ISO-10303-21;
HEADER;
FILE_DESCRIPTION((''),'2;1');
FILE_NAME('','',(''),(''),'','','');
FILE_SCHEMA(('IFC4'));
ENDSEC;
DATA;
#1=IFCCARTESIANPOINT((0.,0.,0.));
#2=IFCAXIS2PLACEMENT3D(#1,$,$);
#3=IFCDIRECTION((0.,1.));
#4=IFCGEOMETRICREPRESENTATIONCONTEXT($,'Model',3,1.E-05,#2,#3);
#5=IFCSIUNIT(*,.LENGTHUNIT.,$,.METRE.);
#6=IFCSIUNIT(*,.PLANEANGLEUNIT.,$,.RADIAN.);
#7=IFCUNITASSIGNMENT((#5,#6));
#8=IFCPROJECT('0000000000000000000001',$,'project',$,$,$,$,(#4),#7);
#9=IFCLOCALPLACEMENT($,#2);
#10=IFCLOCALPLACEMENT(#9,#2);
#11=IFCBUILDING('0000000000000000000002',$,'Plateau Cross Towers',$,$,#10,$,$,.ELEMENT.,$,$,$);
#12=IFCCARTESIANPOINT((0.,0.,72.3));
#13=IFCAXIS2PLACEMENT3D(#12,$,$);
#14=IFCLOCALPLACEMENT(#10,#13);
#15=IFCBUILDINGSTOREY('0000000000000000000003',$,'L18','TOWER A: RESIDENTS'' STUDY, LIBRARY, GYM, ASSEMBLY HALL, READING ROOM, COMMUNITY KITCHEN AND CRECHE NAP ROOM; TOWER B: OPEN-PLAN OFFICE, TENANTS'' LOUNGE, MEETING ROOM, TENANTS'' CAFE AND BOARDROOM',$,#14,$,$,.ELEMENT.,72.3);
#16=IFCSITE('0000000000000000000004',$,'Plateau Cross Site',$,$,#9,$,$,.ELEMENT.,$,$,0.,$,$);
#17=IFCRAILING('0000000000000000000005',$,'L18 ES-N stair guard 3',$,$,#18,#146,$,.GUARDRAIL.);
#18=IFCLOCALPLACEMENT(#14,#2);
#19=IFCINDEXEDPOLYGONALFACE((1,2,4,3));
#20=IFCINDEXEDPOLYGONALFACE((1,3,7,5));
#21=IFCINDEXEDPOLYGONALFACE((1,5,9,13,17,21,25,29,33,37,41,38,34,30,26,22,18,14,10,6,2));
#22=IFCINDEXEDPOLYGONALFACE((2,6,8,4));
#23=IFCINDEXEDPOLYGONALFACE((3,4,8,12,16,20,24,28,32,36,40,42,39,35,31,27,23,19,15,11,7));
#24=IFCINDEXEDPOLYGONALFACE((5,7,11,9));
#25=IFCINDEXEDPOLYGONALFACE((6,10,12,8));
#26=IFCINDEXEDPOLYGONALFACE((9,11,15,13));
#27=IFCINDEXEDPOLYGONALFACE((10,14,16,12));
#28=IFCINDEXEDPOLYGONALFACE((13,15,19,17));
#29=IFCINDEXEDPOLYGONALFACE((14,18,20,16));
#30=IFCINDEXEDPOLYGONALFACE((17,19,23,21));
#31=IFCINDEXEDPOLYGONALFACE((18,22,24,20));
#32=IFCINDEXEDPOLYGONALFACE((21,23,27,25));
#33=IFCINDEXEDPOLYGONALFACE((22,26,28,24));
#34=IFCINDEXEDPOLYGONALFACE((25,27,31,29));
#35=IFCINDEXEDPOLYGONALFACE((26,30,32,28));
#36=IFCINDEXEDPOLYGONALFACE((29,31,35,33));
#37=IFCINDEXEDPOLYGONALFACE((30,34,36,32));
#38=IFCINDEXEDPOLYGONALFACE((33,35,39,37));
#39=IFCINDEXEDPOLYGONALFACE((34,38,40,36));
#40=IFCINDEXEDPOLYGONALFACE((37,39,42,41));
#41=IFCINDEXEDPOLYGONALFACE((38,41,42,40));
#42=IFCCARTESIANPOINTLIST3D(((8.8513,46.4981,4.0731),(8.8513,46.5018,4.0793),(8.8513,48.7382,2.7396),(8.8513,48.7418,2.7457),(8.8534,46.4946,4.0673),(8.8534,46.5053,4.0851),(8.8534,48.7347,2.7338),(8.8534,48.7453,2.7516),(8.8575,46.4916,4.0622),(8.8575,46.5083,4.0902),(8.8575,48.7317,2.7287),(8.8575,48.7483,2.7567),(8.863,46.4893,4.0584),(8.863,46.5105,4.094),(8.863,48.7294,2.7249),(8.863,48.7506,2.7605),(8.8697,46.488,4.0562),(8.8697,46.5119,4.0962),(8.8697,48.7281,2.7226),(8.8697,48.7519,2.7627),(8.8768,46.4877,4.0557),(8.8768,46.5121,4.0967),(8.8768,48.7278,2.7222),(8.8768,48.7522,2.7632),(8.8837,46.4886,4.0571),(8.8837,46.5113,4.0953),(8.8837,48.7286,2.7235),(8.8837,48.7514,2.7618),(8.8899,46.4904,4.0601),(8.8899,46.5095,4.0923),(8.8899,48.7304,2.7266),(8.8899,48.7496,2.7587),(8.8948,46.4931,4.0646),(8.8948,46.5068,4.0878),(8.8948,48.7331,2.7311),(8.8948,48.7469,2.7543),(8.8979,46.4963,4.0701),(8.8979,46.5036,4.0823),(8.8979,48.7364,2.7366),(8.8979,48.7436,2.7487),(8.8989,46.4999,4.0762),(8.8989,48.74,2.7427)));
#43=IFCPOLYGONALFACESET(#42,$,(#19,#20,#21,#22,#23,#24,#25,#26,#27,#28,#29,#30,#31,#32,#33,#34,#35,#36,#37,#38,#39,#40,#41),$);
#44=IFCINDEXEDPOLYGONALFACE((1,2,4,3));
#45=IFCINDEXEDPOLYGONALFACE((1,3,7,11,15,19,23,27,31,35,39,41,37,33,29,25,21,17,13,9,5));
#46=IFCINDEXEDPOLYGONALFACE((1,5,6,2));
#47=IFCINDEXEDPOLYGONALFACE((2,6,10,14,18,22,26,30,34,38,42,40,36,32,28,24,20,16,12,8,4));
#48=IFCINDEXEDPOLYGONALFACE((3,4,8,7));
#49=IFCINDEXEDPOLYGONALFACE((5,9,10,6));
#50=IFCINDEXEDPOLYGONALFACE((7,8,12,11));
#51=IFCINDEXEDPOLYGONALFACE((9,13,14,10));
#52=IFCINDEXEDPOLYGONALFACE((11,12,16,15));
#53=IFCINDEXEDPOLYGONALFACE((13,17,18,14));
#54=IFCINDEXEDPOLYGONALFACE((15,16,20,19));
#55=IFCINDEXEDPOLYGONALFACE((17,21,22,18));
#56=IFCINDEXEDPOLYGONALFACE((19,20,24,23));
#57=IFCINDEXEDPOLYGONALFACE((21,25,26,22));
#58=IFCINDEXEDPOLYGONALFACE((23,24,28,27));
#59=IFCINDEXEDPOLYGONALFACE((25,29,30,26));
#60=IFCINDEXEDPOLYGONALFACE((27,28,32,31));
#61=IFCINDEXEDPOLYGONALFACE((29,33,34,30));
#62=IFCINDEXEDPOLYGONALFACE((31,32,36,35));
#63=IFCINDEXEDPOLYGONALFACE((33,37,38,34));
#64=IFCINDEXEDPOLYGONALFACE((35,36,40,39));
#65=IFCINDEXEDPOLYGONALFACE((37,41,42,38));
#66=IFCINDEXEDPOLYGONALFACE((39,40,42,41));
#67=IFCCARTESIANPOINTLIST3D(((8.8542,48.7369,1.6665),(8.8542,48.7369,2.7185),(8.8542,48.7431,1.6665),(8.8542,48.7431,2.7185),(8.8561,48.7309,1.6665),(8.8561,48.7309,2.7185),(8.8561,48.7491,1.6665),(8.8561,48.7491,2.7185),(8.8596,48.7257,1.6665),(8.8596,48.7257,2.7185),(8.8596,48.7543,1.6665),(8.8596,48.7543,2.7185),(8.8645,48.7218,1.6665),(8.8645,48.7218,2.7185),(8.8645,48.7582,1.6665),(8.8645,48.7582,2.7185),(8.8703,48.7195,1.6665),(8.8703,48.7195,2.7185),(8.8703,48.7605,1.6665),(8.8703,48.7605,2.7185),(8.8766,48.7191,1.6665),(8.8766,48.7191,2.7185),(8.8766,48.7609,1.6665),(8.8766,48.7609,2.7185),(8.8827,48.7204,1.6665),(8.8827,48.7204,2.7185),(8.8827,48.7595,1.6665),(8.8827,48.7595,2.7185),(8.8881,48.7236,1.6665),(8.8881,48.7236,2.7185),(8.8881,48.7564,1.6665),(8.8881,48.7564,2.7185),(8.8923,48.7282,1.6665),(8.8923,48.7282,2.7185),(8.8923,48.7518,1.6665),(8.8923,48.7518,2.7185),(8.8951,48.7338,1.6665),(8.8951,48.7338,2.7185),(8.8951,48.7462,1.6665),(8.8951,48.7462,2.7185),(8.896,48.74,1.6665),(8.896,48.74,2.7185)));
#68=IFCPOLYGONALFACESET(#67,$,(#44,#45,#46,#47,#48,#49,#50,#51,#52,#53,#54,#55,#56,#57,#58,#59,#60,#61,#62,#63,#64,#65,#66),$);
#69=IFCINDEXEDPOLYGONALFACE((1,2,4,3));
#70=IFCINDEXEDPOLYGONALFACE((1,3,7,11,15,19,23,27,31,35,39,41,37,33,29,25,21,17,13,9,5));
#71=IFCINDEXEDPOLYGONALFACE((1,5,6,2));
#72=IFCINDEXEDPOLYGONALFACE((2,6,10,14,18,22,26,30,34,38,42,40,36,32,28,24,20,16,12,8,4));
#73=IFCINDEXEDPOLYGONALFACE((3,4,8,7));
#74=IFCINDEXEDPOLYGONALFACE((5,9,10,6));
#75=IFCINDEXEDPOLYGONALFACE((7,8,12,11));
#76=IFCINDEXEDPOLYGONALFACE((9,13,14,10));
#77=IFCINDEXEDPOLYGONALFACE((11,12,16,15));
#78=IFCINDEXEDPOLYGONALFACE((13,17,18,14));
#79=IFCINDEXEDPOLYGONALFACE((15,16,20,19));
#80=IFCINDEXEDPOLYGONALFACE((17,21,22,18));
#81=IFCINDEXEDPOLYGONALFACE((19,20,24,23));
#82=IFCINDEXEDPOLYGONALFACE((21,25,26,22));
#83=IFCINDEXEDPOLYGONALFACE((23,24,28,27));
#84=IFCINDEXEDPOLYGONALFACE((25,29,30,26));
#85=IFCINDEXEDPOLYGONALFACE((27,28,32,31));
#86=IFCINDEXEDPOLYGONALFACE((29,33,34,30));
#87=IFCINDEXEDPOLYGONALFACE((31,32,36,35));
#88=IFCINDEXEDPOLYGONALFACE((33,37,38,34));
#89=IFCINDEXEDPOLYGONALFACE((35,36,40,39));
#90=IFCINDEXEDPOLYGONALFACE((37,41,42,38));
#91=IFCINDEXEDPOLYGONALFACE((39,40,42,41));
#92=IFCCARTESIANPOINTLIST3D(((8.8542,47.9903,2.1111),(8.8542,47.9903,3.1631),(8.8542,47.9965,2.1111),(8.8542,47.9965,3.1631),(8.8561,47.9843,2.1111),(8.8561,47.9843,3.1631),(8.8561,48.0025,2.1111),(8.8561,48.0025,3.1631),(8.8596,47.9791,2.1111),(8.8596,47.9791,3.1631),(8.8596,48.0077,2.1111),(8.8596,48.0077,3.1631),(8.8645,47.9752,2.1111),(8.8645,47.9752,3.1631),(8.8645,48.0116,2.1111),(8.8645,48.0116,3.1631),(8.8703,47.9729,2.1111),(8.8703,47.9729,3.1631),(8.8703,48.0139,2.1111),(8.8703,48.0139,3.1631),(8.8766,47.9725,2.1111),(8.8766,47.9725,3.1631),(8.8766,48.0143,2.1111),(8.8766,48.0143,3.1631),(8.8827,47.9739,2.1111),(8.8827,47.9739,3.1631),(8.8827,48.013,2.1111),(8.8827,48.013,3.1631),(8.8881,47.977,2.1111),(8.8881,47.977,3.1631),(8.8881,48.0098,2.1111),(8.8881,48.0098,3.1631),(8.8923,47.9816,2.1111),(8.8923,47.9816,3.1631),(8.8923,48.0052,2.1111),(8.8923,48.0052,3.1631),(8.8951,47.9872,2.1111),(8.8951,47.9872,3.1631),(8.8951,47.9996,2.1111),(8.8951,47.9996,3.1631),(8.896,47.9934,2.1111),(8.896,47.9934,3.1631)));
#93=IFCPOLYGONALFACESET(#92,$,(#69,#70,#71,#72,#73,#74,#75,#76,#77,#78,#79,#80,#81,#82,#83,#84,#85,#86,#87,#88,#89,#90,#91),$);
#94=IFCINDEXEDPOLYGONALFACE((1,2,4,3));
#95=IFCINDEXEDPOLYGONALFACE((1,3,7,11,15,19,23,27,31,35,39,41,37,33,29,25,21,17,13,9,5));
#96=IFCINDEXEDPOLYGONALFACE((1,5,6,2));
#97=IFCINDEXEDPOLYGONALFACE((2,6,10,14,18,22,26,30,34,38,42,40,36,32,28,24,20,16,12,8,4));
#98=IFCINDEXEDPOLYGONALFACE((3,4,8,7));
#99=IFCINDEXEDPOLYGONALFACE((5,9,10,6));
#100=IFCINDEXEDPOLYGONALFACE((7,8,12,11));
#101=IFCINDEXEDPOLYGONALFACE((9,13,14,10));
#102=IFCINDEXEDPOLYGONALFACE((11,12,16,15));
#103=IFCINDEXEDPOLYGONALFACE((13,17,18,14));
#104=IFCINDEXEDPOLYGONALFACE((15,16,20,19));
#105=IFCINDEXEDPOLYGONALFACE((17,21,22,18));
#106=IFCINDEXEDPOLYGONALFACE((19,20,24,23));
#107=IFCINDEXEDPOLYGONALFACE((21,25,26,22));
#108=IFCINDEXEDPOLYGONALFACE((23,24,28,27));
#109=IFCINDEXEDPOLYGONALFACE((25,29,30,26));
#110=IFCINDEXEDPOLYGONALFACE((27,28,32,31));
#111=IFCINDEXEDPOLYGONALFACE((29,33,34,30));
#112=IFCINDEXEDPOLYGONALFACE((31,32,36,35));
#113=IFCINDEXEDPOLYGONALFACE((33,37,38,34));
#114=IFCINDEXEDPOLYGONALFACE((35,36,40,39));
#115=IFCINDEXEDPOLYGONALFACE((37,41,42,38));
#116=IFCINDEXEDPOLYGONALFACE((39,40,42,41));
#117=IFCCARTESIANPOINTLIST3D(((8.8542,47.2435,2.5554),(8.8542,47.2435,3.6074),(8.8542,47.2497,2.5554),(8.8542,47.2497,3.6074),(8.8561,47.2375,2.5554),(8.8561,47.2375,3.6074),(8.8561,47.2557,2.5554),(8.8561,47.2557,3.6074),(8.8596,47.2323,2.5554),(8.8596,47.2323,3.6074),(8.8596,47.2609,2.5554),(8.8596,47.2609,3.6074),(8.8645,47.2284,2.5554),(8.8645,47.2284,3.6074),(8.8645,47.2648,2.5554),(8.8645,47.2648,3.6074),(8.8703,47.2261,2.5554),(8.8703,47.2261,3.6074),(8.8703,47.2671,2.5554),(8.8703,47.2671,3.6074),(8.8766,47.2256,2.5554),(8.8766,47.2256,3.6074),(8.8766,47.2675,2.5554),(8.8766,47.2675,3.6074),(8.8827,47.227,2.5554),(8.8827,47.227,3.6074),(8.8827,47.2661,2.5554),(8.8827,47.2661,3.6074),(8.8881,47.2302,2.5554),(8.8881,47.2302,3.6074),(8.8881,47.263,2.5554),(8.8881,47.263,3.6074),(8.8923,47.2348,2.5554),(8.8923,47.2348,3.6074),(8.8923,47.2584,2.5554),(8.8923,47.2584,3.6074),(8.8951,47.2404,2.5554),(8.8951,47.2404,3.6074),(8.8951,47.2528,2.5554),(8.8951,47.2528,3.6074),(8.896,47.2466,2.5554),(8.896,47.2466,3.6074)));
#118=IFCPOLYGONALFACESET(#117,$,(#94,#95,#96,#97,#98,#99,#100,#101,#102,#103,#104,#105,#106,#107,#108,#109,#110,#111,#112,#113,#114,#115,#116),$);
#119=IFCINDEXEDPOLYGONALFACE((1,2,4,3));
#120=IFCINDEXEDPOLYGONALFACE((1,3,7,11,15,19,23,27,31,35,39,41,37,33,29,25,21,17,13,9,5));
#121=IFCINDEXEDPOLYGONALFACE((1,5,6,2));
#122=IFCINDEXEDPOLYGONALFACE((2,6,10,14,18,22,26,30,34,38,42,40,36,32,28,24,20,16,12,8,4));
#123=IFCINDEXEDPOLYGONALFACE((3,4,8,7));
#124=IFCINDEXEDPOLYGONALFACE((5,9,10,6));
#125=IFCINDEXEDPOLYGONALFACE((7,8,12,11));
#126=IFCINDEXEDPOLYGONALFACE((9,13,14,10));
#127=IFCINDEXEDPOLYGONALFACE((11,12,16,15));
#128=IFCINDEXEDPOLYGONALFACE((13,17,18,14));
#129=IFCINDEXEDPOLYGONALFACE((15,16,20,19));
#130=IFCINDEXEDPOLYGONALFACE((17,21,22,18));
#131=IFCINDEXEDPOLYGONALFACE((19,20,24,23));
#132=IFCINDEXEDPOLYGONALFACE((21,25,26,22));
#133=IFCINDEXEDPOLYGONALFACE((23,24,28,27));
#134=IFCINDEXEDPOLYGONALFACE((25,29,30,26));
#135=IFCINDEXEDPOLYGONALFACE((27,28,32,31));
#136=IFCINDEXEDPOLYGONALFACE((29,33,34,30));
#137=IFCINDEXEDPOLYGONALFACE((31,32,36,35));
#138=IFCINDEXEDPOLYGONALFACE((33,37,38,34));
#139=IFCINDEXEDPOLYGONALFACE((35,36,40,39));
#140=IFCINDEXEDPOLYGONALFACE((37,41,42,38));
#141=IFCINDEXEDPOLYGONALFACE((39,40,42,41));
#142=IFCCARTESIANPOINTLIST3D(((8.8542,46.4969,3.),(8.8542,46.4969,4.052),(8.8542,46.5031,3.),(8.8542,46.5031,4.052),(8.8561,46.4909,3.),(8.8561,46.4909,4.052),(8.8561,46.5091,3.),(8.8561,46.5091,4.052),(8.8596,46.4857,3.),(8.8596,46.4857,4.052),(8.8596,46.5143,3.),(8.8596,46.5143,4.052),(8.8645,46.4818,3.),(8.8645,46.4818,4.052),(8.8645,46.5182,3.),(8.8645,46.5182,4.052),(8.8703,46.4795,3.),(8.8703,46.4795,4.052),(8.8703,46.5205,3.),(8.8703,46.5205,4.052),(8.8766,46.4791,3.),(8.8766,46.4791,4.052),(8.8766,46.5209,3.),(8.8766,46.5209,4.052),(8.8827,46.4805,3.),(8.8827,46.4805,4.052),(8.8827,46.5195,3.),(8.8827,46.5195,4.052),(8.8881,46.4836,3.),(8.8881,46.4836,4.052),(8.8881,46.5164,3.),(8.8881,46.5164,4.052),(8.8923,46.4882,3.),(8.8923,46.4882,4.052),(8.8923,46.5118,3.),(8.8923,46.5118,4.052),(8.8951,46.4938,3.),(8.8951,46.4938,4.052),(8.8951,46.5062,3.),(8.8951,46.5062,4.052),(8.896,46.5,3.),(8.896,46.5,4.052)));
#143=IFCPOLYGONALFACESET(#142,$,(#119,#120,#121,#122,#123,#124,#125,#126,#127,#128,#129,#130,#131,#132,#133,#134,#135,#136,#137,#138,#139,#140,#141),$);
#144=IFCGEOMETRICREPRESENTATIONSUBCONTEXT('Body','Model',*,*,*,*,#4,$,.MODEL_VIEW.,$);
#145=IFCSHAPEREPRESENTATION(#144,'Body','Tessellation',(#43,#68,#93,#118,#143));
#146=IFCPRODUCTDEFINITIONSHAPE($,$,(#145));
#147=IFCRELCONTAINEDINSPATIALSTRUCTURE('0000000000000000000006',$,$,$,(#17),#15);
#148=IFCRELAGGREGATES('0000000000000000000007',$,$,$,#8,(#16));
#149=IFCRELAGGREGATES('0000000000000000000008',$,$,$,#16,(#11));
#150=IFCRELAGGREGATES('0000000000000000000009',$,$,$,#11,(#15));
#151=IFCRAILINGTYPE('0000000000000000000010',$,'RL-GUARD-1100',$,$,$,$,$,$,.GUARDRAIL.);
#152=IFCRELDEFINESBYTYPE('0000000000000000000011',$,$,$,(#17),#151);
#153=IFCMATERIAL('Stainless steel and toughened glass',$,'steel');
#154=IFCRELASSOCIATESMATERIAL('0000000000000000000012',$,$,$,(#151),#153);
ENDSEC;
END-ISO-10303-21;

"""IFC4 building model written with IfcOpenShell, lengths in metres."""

from ifc_helpers import new_model, si_unit, direction, frame, origin, origin_2d, place, context, subcontext, project, spatial, circle, extrude, material, type_object, element, save


model = new_model("IFC4")

# Units and contexts
model_context = context("Model", 3, precision=1e-05, world=origin(), true_north=direction((0.0, 1.0)))
body_context = subcontext(model_context, "Body", "Model", "MODEL_VIEW")
ifc_project = project(units=[si_unit("LENGTHUNIT", "METRE"), si_unit("PLANEANGLEUNIT", "RADIAN")], contexts=[model_context])

# Site, building, storey
site_placement = place(None, origin())
site = spatial("IfcSite", under=ifc_project, at=site_placement, Name="Plateau Cross Site", CompositionType="ELEMENT", RefElevation=0.0)
building_placement = place(site_placement, origin())
building = spatial("IfcBuilding", under=site, at=building_placement, Name="Plateau Cross Towers", CompositionType="ELEMENT")
storey_placement = place(building_placement, frame((0.0, 0.0, 72.3)))
storey = spatial("IfcBuildingStorey", under=building, at=storey_placement, Name="L18", Description="TOWER A: RESIDENTS' STUDY, LIBRARY, GYM, ASSEMBLY HALL, READING ROOM, COMMUNITY KITCHEN AND CRECHE NAP ROOM; TOWER B: OPEN-PLAN OFFICE, TENANTS' LOUNGE, MEETING ROOM, TENANTS' CAFE AND BOARDROOM", CompositionType="ELEMENT", Elevation=72.3)

# Railing
ifc_material_1 = material(Name="Stainless steel and toughened glass", Category="steel")
railing_type_1 = type_object("IfcRailingType", Name="RL-GUARD-1100", PredefinedType="GUARDRAIL", material=ifc_material_1)
railing_1_placement = place(storey_placement, frame((8.875, 48.74, 1.6665)))
element("IfcRailing", 1, at=railing_1_placement, inside=storey, type_object=railing_type_1, Name="L18 ES-N stair guard 3", PredefinedType="GUARDRAIL", context=body_context, shape_type="SweptSolid", body=[
    extrude(circle(Radius=0.0239, at=origin_2d()), frame((0.0, 0.0, 1.0762), z_axis=(0.0, -0.859264, 0.511532), x_axis=(1.0, 0.0, 0.0)), (0.0, 0.0, 1.0), 2.6069),
    extrude(circle(Radius=0.021, at=origin_2d()), origin(), (0.0, 0.0, 1.0), 1.052),
    extrude(circle(Radius=0.021, at=origin_2d()), frame((0.0, -0.7466, 0.4446)), (0.0, 0.0, 1.0), 1.052),
    extrude(circle(Radius=0.021, at=origin_2d()), frame((0.0, -1.4934, 0.8889)), (0.0, 0.0, 1.0), 1.052),
    extrude(circle(Radius=0.021, at=origin_2d()), frame((0.0, -2.24, 1.3335)), (0.0, 0.0, 1.0), 1.052),
])

save(model, "model.ifc")
